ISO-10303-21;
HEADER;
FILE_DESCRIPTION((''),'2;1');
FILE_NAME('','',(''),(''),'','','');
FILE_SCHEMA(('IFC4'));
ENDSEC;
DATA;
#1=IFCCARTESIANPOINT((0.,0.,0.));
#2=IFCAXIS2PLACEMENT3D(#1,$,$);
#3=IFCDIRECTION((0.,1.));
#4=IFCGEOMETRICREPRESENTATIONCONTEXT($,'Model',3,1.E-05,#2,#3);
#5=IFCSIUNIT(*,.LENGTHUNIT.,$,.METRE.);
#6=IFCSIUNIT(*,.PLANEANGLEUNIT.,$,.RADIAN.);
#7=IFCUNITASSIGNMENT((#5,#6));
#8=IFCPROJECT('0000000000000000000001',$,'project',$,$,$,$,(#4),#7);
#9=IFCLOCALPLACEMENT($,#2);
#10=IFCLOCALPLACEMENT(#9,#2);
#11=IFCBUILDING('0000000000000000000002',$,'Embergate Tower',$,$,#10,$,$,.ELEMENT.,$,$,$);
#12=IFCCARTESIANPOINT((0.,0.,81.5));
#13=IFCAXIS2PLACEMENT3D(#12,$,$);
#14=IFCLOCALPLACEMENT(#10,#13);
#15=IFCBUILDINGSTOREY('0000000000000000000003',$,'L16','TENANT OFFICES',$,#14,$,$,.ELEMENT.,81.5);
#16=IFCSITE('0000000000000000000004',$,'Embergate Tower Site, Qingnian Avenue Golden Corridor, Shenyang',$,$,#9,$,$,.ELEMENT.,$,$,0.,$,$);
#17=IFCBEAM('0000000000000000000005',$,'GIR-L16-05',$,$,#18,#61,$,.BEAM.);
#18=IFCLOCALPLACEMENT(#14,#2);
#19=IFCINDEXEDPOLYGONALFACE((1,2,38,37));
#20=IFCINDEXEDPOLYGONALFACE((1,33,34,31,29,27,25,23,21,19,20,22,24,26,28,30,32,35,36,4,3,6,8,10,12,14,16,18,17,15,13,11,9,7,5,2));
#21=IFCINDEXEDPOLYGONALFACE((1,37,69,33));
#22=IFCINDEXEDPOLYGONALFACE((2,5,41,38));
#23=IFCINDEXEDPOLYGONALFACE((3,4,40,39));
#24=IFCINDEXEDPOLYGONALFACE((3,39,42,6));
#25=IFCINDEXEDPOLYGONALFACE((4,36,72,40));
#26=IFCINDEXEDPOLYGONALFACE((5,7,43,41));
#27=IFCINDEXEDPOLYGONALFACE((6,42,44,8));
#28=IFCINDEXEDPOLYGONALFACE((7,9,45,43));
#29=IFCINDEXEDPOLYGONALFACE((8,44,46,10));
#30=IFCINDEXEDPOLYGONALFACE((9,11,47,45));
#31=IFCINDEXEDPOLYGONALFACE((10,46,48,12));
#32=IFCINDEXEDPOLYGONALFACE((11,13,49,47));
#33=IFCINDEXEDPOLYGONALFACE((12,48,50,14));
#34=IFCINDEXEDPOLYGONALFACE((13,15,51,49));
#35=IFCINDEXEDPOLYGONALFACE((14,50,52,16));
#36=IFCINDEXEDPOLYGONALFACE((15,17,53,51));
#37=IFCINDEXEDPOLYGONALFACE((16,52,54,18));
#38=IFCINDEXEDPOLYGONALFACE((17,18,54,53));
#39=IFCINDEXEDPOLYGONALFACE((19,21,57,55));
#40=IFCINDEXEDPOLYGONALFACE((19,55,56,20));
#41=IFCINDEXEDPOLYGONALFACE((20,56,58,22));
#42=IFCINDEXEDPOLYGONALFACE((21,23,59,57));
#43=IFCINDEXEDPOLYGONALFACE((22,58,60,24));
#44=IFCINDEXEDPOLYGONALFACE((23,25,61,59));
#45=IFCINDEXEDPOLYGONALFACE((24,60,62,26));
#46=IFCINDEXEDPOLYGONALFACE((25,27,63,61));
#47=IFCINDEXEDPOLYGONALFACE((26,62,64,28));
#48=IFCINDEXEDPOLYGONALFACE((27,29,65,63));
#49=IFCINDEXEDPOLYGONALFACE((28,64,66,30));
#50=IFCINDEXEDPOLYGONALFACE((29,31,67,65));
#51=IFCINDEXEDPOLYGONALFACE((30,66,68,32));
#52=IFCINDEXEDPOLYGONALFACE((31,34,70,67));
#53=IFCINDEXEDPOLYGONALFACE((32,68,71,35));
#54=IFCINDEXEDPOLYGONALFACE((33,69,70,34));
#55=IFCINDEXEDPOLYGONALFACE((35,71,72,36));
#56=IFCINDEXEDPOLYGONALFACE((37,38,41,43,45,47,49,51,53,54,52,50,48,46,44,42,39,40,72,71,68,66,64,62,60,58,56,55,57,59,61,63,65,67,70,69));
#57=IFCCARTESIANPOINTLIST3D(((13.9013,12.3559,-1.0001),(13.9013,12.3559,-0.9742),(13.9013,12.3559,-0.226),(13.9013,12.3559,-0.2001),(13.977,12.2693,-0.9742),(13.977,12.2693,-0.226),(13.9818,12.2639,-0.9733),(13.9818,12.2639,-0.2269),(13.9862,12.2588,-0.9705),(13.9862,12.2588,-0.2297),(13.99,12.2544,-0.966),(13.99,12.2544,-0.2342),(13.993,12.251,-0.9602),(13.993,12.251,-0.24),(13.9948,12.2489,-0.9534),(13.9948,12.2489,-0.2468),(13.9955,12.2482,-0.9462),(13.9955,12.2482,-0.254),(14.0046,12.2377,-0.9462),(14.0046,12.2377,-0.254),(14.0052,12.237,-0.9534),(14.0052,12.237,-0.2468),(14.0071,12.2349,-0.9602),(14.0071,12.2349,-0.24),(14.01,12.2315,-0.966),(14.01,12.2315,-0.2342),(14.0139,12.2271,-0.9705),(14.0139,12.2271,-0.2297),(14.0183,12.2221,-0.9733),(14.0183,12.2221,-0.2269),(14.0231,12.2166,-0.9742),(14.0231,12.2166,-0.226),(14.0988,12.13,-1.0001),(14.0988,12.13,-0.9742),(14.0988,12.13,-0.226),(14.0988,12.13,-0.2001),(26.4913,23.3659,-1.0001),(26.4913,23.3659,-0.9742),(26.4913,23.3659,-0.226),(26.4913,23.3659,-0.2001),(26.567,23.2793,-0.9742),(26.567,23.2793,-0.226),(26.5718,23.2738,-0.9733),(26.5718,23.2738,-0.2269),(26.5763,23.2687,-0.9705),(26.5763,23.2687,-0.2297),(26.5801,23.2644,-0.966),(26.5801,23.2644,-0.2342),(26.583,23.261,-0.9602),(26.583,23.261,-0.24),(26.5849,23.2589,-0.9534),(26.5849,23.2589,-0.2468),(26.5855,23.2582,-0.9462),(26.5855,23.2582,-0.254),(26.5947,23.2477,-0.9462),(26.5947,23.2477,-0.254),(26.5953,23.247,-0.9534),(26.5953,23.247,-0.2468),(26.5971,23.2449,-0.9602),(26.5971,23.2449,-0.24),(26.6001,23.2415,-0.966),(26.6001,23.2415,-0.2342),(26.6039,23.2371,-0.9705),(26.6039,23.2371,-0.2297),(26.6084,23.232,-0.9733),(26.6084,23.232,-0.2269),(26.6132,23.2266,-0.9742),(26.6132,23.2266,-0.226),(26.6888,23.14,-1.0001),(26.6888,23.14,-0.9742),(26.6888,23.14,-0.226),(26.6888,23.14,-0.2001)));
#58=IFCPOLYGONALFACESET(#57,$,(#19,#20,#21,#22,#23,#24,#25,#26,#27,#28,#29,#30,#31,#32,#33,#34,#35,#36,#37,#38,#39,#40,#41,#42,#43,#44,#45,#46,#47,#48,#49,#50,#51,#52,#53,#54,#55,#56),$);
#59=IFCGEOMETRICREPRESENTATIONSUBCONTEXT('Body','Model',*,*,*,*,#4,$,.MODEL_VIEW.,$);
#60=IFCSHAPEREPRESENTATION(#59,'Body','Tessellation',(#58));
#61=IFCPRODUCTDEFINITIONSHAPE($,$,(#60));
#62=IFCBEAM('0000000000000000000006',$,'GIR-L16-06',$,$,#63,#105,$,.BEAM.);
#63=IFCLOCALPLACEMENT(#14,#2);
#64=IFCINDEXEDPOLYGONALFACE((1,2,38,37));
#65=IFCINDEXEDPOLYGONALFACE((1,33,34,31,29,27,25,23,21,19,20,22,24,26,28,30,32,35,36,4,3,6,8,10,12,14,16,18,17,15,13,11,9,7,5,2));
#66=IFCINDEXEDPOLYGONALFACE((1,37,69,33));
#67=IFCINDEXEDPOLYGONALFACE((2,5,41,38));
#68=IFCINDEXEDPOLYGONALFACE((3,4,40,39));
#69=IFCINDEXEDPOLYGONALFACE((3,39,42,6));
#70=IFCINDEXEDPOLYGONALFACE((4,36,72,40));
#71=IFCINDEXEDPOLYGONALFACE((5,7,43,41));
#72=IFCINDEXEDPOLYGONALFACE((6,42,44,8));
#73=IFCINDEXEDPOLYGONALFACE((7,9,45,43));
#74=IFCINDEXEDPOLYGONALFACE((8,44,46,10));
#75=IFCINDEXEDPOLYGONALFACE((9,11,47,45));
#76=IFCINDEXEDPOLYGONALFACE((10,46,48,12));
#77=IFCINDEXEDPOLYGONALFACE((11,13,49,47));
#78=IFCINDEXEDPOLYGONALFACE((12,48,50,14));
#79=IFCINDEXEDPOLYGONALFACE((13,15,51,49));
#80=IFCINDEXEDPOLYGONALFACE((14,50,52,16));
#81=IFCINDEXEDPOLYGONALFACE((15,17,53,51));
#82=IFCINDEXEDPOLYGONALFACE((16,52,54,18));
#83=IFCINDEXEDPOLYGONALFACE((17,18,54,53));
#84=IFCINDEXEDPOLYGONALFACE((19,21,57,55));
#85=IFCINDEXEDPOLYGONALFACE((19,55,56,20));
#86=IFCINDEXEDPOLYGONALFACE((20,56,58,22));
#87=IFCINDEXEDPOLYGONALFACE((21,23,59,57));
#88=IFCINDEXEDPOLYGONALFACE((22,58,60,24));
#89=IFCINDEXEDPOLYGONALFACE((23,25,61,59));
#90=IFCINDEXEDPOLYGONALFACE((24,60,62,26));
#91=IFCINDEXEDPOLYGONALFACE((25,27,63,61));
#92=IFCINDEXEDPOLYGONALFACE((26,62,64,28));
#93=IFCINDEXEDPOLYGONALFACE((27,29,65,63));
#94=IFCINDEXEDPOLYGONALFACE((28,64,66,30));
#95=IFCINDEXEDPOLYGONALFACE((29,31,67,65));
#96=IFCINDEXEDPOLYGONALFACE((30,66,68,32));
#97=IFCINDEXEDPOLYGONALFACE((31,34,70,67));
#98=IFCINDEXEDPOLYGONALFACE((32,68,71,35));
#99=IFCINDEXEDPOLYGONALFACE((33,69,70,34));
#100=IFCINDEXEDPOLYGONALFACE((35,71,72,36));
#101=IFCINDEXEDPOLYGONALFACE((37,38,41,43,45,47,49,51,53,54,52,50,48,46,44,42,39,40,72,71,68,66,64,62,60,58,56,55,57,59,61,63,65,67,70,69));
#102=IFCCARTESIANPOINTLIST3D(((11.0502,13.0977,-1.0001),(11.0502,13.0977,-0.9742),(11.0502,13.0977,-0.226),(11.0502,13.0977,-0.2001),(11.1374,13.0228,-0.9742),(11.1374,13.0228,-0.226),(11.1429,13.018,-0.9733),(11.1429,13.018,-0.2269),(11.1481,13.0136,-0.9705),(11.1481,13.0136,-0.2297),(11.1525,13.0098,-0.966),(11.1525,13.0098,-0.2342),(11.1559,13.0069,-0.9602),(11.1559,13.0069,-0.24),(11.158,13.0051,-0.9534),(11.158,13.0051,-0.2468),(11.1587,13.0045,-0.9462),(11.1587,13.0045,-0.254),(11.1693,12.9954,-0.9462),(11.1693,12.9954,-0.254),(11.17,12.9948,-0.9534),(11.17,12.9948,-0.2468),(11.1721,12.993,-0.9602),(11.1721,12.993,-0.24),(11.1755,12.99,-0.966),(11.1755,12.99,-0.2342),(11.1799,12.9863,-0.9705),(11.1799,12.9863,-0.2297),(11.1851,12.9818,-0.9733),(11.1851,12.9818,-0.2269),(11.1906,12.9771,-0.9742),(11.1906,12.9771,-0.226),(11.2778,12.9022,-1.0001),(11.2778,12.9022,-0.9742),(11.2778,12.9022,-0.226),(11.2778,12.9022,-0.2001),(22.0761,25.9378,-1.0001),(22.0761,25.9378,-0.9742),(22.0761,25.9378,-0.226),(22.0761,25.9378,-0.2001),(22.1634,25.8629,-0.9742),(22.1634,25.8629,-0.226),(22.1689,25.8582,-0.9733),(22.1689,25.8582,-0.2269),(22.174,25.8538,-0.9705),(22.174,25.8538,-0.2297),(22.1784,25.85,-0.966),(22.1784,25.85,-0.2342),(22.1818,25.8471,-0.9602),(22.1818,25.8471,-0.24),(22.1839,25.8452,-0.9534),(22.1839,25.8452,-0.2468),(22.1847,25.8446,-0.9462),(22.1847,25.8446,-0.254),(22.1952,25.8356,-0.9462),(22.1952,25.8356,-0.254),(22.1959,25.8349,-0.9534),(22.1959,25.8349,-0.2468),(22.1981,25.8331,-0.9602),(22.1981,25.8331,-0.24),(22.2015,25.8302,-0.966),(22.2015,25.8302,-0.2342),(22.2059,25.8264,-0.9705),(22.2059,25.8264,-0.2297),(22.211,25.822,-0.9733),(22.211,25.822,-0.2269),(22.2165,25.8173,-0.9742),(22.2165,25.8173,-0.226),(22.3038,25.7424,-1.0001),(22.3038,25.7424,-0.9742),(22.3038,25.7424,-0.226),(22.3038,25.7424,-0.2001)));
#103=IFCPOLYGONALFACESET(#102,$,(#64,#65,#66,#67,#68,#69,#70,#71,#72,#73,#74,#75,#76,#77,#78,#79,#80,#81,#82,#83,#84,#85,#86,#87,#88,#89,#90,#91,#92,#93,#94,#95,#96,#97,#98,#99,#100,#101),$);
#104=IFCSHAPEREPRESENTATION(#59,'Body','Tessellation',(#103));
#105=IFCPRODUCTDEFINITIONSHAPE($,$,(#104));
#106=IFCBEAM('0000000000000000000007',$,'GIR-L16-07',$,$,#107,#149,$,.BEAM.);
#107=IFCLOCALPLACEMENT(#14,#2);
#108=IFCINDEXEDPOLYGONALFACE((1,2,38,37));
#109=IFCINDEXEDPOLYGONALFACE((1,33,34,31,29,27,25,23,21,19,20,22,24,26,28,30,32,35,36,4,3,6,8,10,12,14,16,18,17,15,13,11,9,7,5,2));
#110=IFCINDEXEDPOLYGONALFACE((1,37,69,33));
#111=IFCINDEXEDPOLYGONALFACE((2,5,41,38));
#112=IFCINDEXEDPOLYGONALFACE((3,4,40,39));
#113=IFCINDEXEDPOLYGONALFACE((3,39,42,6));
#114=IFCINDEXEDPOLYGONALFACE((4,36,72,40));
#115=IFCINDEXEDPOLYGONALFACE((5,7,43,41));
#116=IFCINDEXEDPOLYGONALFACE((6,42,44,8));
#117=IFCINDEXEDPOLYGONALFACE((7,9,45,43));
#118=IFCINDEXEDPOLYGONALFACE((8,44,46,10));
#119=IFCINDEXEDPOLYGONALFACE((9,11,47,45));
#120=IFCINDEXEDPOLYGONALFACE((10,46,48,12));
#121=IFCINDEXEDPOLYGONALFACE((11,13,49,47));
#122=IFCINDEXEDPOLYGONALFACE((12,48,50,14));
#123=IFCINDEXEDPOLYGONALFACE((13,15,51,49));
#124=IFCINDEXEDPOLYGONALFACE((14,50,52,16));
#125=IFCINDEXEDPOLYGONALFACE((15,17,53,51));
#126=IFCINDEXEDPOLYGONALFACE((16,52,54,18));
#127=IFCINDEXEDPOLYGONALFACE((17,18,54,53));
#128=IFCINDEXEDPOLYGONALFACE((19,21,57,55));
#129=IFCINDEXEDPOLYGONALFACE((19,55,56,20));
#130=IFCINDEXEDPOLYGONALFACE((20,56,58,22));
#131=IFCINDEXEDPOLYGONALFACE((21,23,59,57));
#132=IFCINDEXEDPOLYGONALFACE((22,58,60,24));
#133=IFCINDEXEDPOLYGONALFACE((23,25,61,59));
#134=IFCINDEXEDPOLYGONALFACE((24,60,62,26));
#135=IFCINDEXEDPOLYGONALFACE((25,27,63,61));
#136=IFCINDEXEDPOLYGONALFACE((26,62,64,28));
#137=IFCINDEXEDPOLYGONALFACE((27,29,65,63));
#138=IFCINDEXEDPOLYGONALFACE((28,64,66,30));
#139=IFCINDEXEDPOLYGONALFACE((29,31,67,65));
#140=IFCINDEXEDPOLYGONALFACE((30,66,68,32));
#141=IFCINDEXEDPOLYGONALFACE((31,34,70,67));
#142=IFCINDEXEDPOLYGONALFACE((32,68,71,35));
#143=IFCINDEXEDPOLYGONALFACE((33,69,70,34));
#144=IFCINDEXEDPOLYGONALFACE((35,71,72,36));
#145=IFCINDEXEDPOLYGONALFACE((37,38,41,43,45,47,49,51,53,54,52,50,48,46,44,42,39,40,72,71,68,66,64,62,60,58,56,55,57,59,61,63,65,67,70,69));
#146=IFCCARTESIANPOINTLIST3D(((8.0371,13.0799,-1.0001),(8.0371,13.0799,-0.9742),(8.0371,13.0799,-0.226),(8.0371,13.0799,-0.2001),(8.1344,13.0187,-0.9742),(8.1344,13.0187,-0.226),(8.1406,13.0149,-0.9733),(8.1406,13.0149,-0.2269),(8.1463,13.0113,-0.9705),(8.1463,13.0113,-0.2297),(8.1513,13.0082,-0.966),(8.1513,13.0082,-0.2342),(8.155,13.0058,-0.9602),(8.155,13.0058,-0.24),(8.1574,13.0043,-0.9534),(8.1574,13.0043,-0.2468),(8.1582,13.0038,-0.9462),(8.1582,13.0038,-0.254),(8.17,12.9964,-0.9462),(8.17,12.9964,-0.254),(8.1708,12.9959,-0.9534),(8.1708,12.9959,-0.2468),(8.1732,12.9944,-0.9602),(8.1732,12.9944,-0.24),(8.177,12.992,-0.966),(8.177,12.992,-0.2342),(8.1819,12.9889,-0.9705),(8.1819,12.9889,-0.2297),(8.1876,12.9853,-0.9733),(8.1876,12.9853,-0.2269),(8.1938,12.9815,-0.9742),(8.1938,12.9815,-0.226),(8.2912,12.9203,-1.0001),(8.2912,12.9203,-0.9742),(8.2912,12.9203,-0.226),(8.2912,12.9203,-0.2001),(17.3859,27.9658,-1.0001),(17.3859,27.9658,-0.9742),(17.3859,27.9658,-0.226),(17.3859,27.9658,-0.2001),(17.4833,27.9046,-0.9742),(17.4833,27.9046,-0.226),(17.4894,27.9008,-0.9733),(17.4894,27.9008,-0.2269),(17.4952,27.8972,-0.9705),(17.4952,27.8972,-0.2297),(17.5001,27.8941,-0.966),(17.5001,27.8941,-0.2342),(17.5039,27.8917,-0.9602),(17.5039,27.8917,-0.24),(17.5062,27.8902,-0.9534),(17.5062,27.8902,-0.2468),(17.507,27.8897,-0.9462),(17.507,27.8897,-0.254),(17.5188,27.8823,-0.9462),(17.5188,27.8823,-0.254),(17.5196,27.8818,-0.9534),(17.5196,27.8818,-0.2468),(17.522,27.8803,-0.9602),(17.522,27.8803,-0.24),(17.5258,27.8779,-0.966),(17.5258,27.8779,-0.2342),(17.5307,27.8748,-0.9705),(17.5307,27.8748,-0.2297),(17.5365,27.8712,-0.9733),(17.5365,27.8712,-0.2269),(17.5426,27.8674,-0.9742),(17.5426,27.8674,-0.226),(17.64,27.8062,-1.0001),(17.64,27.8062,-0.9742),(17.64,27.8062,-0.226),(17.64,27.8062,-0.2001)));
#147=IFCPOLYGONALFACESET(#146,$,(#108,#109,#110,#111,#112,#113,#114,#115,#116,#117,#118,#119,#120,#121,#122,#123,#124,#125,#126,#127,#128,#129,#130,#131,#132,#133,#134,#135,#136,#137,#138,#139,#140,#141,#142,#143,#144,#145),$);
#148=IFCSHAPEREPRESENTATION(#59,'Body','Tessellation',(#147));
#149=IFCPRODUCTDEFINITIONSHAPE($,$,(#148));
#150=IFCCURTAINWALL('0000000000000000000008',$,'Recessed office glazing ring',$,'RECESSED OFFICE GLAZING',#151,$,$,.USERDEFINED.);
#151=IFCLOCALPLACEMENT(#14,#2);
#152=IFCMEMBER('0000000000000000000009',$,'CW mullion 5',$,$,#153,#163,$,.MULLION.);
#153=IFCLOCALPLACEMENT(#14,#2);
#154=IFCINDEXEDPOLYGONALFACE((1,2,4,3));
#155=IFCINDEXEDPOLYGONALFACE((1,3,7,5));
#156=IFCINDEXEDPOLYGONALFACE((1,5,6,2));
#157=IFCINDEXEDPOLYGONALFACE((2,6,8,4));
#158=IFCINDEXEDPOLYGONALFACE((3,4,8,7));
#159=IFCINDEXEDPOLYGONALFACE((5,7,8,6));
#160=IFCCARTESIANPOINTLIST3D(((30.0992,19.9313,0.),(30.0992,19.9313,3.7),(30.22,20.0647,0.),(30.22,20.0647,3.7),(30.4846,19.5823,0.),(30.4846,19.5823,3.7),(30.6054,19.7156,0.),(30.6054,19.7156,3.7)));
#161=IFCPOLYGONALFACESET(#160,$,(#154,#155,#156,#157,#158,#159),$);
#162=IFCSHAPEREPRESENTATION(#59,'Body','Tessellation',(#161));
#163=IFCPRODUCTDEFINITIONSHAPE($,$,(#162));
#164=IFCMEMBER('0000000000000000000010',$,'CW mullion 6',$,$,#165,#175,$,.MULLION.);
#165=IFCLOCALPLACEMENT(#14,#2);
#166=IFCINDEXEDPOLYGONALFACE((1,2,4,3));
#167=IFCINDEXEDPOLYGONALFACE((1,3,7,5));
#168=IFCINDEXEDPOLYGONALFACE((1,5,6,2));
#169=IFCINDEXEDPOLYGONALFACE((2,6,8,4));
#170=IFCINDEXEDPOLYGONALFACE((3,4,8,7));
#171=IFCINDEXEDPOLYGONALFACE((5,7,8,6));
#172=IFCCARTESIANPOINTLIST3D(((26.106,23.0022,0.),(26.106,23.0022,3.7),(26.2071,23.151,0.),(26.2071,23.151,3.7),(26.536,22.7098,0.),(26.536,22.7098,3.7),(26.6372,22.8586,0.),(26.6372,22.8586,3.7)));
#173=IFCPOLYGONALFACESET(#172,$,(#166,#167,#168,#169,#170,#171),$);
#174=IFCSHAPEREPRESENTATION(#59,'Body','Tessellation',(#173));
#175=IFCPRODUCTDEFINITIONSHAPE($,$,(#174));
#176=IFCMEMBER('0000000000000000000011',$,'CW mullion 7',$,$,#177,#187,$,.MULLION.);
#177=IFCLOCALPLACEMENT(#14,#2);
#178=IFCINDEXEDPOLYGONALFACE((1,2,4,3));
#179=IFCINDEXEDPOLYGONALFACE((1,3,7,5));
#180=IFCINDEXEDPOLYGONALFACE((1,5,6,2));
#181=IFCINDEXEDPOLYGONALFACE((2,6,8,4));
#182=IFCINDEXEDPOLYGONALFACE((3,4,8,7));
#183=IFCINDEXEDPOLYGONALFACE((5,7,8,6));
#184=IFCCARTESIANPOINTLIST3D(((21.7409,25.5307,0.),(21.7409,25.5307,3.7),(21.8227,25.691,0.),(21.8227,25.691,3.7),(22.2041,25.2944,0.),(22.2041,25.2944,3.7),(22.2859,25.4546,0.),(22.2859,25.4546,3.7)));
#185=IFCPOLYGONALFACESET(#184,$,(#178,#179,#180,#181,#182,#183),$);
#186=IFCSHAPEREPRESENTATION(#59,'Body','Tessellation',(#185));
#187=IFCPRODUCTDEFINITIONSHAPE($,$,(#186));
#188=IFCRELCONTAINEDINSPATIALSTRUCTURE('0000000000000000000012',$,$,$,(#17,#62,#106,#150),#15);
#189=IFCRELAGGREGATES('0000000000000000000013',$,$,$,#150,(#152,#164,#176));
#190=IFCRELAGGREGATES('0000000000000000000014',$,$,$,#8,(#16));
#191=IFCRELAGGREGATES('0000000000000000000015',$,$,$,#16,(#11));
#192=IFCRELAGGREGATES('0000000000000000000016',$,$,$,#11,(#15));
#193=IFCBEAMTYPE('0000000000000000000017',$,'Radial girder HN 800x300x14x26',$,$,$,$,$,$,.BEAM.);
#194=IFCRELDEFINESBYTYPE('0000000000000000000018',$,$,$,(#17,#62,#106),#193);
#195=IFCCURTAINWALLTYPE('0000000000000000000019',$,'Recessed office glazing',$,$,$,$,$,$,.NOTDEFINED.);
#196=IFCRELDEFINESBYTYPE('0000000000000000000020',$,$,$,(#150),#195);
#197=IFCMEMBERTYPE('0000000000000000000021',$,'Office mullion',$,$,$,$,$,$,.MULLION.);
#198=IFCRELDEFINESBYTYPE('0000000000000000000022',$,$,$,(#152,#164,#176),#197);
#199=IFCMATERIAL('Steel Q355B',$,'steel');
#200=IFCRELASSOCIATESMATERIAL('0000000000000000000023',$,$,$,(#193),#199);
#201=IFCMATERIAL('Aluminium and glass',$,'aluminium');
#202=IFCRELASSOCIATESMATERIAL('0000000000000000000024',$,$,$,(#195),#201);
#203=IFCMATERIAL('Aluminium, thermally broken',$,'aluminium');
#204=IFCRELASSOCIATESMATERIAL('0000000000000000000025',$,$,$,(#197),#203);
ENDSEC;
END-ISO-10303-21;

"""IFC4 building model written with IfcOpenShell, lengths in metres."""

from ifc_helpers import new_model, si_unit, direction, frame, origin, origin_2d, place, context, subcontext, project, spatial, rectangle, i_section, extrude, source, transform, mapped, material, material_profile, profile_set, type_object, element, aggregate, save


model = new_model("IFC4")

# Units and contexts
model_context = context("Model", 3, precision=1e-05, world=origin(), true_north=direction((0.0, 1.0)))
body_context = subcontext(model_context, "Body", "Model", "MODEL_VIEW")
ifc_project = project(units=[si_unit("LENGTHUNIT", "METRE"), si_unit("PLANEANGLEUNIT", "RADIAN")], contexts=[model_context])

# Site, building, storey
site_placement = place(None, origin())
site = spatial("IfcSite", under=ifc_project, at=site_placement, Name="Embergate Tower Site, Qingnian Avenue Golden Corridor, Shenyang", CompositionType="ELEMENT", RefElevation=0.0)
building_placement = place(site_placement, origin())
building = spatial("IfcBuilding", under=site, at=building_placement, Name="Embergate Tower", CompositionType="ELEMENT")
storey_placement = place(building_placement, frame((0.0, 0.0, 81.5)))
storey = spatial("IfcBuildingStorey", under=building, at=storey_placement, Name="L16", Description="TENANT OFFICES", CompositionType="ELEMENT", Elevation=81.5)

# Beams
ifc_material_1 = material(Name="Steel Q355B", Category="steel")
ifc_material_profile_1 = material_profile(ifc_material_1, i_section(OverallWidth=0.3, OverallDepth=0.8, WebThickness=0.0139, FlangeThickness=0.0259, FilletRadius=0.0281, at=origin_2d()), Name="HN 800x300x14x26")
ifc_profile_set_1 = profile_set([ifc_material_profile_1], Name="Steel Q355 grade B")
beam_type_1 = type_object("IfcBeamType", Name="Radial girder HN 800x300x14x26", PredefinedType="BEAM", material=ifc_profile_set_1)
shared_shape_1 = source(origin(), body_context, "Body", "SweptSolid", [
    extrude(i_section(OverallWidth=0.3, OverallDepth=0.8, WebThickness=0.0139, FlangeThickness=0.0259, FilletRadius=0.0281, at=origin_2d()), origin(), (0.0, 0.0, 1.0), 16.7251),
])
beam_1_placement = place(storey_placement, frame((26.5901, 23.2529, -0.6001), z_axis=(-0.752764, -0.658291, 0.0), x_axis=(0.658291, -0.752764, 0.0)))
element("IfcBeam", 1, at=beam_1_placement, inside=storey, type_object=beam_type_1, Name="GIR-L16-05", PredefinedType="BEAM", context=body_context, shape_type="MappedRepresentation", body=[
    mapped(shared_shape_1, transform((0.0, 0.0, 0.0))),
])
shared_shape_2 = source(origin(), body_context, "Body", "SweptSolid", [
    extrude(i_section(OverallWidth=0.3, OverallDepth=0.8, WebThickness=0.0139, FlangeThickness=0.0259, FilletRadius=0.0281, at=origin_2d()), origin(), (0.0, 0.0, 1.0), 16.9246),
])
beam_2_placement = place(storey_placement, frame((22.1899, 25.8401, -0.6001), z_axis=(-0.651475, -0.75867, 0.0), x_axis=(0.75867, -0.651475, 0.0)))
element("IfcBeam", 2, at=beam_2_placement, inside=storey, type_object=beam_type_1, Name="GIR-L16-06", PredefinedType="BEAM", context=body_context, shape_type="MappedRepresentation", body=[
    mapped(shared_shape_2, transform((0.0, 0.0, 0.0))),
])
shared_shape_3 = source(origin(), body_context, "Body", "SweptSolid", [
    extrude(i_section(OverallWidth=0.3, OverallDepth=0.8, WebThickness=0.0139, FlangeThickness=0.0259, FilletRadius=0.0281, at=origin_2d()), origin(), (0.0, 0.0, 1.0), 17.5781),
])
beam_3_placement = place(storey_placement, frame((17.5129, 27.886, -0.6001), z_axis=(-0.531844, -0.846842, 0.0), x_axis=(0.846842, -0.531844, 0.0)))
element("IfcBeam", 3, at=beam_3_placement, inside=storey, type_object=beam_type_1, Name="GIR-L16-07", PredefinedType="BEAM", context=body_context, shape_type="MappedRepresentation", body=[
    mapped(shared_shape_3, transform((0.0, 0.0, 0.0))),
])

# Curtain wall, members
ifc_material_2 = material(Name="Aluminium and glass", Category="aluminium")
curtain_wall_type = type_object("IfcCurtainWallType", Name="Recessed office glazing", PredefinedType="NOTDEFINED", material=ifc_material_2)
curtain_wall_placement = place(storey_placement, origin())
curtain_wall = element("IfcCurtainWall", 4, at=curtain_wall_placement, inside=storey, type_object=curtain_wall_type, Name="Recessed office glazing ring", ObjectType="RECESSED OFFICE GLAZING", PredefinedType="USERDEFINED")
ifc_material_3 = material(Name="Aluminium, thermally broken", Category="aluminium")
ifc_material_profile_2 = material_profile(ifc_material_3, rectangle(XDim=0.1799, YDim=0.52, at=origin_2d()), Name="AL 520x180")
ifc_profile_set_2 = profile_set([ifc_material_profile_2], Name="Aluminium, thermally broken")
member_type_1 = type_object("IfcMemberType", Name="Office mullion", PredefinedType="MULLION", material=ifc_profile_set_2)
shared_shape_4 = source(origin(), body_context, "Body", "SweptSolid", [
    extrude(rectangle(XDim=0.1799, YDim=0.52, at=origin_2d()), origin(), (0.0, 0.0, 1.0), 3.7),
])
member_1_placement = place(storey_placement, frame((30.3523, 19.8235, 0.0), z_axis=(0.0, 0.0, 1.0), x_axis=(-0.671229, -0.74125, 0.0)))
member_1 = element("IfcMember", 5, at=member_1_placement, type_object=member_type_1, Name="CW mullion 5", PredefinedType="MULLION", context=body_context, shape_type="MappedRepresentation", body=[
    mapped(shared_shape_4, transform((0.0, 0.0, 0.0))),
])
member_2_placement = place(storey_placement, frame((26.3716, 22.9304, 0.0), z_axis=(0.0, 0.0, 1.0), x_axis=(-0.562218, -0.826989, 0.0)))
member_2 = element("IfcMember", 6, at=member_2_placement, type_object=member_type_1, Name="CW mullion 6", PredefinedType="MULLION", context=body_context, shape_type="MappedRepresentation", body=[
    mapped(shared_shape_4, transform((0.0, 0.0, 0.0))),
])
member_3_placement = place(storey_placement, frame((22.0134, 25.4927, 0.0), z_axis=(0.0, 0.0, 1.0), x_axis=(-0.454511, -0.890741, 0.0)))
member_3 = element("IfcMember", 7, at=member_3_placement, type_object=member_type_1, Name="CW mullion 7", PredefinedType="MULLION", context=body_context, shape_type="MappedRepresentation", body=[
    mapped(shared_shape_4, transform((0.0, 0.0, 0.0))),
])
aggregate(curtain_wall, [member_1, member_2, member_3])

save(model, "model.ifc")
